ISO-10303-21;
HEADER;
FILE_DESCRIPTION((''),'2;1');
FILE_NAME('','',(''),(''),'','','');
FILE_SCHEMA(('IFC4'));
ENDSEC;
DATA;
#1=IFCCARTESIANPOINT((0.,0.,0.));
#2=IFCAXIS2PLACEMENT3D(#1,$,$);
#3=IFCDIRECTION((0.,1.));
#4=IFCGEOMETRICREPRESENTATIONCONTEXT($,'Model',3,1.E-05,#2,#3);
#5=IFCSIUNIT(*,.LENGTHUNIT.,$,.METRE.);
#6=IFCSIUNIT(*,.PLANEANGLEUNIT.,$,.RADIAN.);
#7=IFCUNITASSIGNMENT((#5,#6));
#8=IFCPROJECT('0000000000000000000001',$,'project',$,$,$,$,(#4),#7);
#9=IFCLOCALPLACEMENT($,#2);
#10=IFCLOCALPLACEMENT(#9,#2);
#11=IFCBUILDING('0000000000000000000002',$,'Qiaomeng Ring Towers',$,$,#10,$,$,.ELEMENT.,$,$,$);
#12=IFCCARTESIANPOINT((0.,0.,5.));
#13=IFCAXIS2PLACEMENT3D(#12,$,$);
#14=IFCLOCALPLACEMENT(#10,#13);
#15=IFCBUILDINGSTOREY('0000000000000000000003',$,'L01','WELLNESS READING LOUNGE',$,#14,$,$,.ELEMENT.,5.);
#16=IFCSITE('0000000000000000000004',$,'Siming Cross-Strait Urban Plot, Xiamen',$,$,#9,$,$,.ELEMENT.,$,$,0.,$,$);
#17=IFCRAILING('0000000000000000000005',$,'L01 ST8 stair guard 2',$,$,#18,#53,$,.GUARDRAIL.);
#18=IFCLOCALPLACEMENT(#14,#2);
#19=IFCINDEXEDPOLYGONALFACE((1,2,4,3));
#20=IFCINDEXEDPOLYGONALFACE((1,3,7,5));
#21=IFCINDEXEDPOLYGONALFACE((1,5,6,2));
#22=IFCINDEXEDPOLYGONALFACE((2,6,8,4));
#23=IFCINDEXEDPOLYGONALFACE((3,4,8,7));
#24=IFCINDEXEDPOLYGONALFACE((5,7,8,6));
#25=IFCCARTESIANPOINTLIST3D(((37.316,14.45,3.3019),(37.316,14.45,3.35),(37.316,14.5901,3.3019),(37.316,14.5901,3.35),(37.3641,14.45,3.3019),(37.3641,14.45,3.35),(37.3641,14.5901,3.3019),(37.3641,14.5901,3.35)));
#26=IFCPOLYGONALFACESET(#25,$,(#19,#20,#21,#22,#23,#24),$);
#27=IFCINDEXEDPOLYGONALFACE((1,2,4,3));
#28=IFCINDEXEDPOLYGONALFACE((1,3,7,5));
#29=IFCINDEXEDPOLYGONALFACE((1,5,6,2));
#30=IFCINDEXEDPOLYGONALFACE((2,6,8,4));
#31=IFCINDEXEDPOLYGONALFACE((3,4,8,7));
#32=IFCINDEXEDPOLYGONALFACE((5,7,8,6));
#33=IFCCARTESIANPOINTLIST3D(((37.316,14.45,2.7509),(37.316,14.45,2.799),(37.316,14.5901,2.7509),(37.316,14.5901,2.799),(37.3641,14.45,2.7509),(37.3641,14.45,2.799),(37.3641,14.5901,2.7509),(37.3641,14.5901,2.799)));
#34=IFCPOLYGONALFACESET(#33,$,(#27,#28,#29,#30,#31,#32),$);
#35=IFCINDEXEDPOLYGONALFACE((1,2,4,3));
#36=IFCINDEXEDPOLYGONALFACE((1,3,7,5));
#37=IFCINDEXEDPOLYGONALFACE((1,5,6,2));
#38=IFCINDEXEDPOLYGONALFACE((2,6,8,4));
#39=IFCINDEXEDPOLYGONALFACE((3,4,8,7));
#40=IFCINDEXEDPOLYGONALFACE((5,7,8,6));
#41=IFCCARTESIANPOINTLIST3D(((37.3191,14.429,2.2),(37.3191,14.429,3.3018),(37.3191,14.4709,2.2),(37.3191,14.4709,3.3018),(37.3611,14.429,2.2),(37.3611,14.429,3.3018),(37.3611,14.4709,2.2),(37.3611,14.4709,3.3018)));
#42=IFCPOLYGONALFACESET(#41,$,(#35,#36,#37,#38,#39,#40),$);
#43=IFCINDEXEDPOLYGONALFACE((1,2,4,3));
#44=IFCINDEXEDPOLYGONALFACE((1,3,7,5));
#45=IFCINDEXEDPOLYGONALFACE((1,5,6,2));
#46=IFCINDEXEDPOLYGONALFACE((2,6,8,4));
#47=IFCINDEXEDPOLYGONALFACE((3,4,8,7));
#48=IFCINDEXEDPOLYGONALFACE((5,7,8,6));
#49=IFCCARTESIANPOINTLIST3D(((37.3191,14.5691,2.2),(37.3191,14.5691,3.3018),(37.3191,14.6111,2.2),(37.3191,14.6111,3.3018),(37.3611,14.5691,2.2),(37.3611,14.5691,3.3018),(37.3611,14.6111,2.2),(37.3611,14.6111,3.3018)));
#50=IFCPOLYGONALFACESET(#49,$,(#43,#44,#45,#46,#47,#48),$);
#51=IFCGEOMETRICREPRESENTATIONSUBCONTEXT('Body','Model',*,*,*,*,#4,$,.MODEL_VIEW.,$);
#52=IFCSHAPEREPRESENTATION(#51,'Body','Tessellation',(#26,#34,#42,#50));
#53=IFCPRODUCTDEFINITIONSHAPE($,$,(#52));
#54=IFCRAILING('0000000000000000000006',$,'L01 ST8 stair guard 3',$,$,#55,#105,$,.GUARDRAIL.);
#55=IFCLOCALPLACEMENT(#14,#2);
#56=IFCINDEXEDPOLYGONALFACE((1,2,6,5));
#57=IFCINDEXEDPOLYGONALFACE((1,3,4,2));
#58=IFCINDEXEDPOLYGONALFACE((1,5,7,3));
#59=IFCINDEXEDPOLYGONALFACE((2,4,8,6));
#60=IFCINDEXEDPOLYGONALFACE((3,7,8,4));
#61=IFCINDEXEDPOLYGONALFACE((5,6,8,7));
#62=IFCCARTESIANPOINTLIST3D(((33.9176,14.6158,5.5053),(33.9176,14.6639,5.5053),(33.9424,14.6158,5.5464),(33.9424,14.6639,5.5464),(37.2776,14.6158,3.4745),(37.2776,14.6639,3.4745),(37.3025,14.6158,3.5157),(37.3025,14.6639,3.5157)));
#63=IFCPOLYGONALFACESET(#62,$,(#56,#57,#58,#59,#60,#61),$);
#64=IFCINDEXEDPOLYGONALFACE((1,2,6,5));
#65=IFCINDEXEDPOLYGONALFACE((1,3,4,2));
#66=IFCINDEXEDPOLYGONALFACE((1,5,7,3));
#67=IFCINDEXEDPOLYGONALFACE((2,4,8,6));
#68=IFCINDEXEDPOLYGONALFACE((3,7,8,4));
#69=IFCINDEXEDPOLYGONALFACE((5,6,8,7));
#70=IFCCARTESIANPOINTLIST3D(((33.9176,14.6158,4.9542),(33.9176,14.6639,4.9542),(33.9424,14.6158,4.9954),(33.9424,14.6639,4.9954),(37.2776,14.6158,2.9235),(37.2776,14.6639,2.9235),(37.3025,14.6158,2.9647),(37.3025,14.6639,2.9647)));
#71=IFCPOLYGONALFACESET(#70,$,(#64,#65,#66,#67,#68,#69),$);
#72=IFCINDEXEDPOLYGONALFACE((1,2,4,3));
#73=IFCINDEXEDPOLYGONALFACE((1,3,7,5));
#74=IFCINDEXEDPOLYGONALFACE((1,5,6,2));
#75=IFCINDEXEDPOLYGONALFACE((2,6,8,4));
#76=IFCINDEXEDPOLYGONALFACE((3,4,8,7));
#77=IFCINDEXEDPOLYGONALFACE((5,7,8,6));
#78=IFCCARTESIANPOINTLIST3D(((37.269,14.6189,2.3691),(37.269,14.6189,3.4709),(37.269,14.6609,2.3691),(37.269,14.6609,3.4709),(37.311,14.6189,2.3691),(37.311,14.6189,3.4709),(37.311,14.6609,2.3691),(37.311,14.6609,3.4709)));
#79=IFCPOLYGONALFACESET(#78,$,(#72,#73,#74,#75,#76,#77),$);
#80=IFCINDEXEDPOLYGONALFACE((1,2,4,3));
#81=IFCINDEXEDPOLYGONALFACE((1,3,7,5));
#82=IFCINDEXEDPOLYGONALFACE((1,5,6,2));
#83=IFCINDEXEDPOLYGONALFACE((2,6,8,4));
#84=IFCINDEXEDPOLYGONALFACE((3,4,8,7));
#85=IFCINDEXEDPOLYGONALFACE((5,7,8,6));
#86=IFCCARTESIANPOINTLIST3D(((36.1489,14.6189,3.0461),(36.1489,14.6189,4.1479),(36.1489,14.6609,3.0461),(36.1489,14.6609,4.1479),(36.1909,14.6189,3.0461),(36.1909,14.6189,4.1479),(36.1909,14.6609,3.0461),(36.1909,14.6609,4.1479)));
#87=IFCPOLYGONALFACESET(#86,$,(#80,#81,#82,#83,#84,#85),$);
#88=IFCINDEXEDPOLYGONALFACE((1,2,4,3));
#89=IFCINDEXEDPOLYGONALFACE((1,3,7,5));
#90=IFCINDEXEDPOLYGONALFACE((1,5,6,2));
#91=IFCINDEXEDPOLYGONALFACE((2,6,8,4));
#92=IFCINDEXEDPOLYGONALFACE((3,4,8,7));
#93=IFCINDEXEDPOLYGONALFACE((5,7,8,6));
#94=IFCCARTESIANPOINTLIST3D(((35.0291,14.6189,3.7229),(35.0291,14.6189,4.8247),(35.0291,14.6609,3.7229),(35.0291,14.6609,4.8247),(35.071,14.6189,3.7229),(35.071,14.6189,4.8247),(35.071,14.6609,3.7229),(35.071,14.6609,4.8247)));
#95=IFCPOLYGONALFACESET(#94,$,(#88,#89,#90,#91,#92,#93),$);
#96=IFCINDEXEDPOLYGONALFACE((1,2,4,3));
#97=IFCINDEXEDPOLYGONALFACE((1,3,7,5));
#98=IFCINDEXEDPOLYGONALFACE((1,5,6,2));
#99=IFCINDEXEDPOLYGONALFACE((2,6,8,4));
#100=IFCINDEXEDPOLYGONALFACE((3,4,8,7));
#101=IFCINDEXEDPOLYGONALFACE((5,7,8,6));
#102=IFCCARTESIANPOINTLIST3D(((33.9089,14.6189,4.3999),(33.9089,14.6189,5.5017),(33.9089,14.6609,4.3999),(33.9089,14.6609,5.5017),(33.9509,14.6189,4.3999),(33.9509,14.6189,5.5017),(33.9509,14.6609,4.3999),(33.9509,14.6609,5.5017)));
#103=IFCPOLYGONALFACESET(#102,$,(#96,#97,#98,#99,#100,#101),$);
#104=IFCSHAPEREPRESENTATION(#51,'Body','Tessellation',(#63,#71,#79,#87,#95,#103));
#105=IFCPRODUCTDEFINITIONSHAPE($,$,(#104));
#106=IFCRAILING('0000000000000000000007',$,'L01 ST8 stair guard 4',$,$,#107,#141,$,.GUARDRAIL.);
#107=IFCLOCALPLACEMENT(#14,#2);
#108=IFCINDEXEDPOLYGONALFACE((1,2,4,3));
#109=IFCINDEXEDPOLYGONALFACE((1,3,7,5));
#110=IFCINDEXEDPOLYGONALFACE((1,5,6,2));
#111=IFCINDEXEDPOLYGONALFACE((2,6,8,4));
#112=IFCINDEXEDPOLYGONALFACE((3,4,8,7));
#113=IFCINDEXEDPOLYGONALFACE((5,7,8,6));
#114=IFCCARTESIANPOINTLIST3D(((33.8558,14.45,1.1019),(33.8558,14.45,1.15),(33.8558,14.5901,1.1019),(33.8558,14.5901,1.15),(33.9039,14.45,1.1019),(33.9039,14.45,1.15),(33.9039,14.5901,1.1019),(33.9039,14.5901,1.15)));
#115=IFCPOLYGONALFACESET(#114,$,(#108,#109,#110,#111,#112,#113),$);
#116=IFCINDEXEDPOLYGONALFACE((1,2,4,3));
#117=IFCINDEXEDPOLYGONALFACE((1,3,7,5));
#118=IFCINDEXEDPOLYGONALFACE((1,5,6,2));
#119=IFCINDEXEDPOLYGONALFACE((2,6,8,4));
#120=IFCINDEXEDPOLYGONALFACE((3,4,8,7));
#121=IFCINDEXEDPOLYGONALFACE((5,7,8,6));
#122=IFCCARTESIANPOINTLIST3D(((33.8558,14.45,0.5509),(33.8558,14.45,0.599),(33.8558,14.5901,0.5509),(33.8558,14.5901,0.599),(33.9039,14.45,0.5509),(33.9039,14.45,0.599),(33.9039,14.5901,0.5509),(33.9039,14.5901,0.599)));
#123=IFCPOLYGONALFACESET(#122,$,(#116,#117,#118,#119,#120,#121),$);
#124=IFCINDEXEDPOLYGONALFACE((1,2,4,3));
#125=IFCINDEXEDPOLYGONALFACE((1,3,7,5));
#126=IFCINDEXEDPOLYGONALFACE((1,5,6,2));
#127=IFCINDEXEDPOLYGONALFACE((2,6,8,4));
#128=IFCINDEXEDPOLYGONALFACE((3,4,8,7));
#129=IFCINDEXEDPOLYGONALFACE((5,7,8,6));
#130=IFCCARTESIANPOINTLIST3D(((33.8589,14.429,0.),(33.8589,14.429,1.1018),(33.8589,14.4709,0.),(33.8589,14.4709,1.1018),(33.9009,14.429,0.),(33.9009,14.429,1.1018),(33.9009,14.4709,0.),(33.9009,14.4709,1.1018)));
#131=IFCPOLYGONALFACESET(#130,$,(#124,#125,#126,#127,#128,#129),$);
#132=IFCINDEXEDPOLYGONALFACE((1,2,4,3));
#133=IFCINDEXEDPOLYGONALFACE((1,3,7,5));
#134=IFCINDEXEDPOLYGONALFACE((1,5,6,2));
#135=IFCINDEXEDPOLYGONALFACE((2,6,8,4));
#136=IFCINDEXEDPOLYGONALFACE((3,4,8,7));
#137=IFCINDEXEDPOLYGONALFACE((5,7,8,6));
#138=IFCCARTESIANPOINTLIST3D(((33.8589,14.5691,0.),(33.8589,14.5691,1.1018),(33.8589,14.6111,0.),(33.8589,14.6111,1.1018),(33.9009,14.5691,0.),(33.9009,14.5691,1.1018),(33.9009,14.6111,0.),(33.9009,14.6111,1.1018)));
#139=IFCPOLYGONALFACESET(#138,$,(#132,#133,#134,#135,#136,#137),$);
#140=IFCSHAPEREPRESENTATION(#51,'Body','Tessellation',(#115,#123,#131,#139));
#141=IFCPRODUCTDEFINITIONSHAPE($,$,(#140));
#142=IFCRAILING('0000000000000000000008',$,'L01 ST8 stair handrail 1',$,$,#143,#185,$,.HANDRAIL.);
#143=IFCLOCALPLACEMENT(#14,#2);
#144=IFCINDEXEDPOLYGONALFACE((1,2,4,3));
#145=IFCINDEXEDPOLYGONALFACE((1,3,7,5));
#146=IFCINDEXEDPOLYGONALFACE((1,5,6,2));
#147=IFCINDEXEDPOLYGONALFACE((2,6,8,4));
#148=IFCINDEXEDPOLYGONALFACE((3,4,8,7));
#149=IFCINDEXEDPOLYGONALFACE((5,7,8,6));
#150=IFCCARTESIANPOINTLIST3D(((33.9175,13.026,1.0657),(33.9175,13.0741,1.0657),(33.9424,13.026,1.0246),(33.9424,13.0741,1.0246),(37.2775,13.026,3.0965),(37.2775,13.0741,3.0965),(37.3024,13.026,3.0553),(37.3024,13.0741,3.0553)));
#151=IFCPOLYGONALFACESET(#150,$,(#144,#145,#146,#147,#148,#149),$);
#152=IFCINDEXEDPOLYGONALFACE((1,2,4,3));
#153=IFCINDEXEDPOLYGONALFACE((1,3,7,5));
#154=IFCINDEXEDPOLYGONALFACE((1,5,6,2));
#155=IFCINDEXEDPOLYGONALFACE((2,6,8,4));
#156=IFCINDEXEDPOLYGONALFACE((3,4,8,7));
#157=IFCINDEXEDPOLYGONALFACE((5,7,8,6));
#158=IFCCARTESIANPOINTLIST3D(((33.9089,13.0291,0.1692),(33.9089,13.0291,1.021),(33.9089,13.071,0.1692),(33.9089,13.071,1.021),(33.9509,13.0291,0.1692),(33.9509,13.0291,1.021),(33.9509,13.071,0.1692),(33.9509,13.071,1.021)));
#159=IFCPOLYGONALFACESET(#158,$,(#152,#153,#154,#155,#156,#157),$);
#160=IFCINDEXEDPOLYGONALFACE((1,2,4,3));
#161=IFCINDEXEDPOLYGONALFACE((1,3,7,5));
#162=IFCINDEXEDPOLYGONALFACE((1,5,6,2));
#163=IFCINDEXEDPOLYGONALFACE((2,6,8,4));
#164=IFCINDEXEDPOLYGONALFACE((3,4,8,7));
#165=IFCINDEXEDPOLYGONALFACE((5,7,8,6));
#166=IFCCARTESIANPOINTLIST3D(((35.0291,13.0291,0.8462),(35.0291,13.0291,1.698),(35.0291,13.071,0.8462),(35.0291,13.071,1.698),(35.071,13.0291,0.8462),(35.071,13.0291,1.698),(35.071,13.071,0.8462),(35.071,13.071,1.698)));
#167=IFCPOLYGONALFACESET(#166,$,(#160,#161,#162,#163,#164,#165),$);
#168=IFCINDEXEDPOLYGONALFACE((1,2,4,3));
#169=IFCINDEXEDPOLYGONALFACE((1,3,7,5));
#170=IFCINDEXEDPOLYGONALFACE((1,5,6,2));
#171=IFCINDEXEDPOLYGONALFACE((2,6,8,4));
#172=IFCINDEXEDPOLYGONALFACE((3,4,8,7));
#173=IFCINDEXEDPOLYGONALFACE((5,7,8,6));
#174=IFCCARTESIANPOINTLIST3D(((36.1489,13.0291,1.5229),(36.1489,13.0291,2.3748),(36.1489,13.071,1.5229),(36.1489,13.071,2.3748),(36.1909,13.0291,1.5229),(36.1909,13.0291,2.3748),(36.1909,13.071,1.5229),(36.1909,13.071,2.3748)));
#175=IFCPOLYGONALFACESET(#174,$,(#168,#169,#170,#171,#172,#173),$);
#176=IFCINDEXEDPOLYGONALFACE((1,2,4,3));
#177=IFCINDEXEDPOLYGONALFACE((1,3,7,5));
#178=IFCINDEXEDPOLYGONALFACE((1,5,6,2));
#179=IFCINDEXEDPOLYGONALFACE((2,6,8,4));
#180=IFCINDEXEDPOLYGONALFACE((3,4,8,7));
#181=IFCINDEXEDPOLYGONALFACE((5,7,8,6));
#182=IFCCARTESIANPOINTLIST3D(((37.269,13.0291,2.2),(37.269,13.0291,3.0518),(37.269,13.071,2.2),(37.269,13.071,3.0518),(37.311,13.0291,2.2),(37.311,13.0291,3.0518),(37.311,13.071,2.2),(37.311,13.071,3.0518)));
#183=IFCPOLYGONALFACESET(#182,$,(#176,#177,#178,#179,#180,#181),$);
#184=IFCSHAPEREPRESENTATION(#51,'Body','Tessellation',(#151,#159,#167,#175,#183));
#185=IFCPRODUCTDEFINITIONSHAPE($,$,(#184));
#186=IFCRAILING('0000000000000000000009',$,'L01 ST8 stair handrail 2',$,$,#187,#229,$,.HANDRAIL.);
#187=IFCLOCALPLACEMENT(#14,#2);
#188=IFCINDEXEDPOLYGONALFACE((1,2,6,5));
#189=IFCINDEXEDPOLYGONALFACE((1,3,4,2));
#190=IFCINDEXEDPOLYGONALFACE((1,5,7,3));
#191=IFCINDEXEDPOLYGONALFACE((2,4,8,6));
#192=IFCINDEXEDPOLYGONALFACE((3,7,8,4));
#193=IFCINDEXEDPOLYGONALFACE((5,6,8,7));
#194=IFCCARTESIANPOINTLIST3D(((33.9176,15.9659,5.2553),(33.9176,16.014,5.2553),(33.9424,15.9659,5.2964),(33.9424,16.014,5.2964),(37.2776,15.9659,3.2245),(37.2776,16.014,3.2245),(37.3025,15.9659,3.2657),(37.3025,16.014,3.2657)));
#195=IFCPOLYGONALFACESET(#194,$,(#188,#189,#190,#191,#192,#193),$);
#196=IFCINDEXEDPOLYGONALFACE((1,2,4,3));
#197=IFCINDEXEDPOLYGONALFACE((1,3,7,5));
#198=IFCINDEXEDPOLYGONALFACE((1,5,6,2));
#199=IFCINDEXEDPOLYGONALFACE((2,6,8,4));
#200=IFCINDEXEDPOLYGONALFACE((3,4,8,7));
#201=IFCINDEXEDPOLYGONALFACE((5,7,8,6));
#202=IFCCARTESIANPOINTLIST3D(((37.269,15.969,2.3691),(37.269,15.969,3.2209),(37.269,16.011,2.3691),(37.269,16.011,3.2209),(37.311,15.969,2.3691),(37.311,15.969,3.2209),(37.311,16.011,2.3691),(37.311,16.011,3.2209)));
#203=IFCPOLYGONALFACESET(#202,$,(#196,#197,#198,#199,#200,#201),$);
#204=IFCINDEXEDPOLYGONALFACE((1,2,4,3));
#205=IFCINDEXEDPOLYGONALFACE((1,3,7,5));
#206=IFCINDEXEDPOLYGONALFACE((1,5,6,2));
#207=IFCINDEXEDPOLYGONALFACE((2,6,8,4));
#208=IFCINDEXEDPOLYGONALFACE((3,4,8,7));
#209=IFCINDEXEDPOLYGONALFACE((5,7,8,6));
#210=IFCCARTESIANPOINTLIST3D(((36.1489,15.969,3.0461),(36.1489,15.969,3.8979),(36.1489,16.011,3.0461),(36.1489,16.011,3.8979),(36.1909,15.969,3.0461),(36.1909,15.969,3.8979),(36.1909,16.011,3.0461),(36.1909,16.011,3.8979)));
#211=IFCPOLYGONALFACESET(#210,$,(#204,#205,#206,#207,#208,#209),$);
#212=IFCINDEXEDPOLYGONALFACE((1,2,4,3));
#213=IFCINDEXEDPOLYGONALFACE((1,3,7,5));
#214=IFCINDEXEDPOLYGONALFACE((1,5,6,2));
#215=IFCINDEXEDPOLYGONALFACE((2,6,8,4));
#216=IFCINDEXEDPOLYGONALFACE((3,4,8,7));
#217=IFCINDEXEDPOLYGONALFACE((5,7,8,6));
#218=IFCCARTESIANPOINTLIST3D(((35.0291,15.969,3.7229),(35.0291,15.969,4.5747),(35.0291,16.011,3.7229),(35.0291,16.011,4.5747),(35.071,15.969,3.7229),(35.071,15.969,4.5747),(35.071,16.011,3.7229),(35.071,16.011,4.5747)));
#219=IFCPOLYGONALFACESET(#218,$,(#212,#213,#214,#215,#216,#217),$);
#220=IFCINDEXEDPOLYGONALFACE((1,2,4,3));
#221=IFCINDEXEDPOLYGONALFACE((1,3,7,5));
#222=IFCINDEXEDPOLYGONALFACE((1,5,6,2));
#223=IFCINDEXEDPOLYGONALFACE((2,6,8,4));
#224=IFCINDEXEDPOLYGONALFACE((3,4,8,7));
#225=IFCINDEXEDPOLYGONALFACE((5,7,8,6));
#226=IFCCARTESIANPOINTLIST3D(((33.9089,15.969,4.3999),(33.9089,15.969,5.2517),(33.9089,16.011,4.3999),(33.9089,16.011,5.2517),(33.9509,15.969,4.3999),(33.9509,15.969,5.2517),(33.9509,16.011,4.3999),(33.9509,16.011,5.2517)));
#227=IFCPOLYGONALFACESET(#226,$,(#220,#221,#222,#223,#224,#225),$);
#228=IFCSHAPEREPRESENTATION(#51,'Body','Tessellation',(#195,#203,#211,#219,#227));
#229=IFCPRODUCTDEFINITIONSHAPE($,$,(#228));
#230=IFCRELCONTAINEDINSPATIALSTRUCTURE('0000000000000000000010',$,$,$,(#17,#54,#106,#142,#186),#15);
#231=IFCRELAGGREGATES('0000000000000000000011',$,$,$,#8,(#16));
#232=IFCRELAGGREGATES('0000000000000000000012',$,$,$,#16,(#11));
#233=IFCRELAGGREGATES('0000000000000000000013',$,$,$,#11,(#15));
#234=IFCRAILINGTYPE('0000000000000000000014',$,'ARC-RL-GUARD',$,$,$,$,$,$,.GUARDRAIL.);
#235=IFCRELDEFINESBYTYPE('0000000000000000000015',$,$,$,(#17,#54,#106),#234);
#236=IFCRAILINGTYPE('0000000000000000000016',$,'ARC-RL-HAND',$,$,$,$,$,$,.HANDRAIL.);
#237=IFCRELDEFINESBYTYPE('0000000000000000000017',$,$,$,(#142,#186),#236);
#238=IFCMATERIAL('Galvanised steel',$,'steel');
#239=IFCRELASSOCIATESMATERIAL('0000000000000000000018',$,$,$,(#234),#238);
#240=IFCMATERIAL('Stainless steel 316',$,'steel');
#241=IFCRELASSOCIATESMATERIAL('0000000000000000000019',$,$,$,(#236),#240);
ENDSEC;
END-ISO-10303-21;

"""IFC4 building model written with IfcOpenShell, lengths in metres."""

from ifc_helpers import new_model, si_unit, direction, frame, origin, origin_2d, place, context, subcontext, project, spatial, rectangle, extrude, material, type_object, element, save


model = new_model("IFC4")

# Units and contexts
model_context = context("Model", 3, precision=1e-05, world=origin(), true_north=direction((0.0, 1.0)))
body_context = subcontext(model_context, "Body", "Model", "MODEL_VIEW")
ifc_project = project(units=[si_unit("LENGTHUNIT", "METRE"), si_unit("PLANEANGLEUNIT", "RADIAN")], contexts=[model_context])

# Site, building, storey
site_placement = place(None, origin())
site = spatial("IfcSite", under=ifc_project, at=site_placement, Name="Siming Cross-Strait Urban Plot, Xiamen", CompositionType="ELEMENT", RefElevation=0.0)
building_placement = place(site_placement, origin())
building = spatial("IfcBuilding", under=site, at=building_placement, Name="Qiaomeng Ring Towers", CompositionType="ELEMENT")
storey_placement = place(building_placement, frame((0.0, 0.0, 5.0)))
storey = spatial("IfcBuildingStorey", under=building, at=storey_placement, Name="L01", Description="WELLNESS READING LOUNGE", CompositionType="ELEMENT", Elevation=5.0)

# Shared definitions
ifc_material_1 = material(Name="Galvanised steel", Category="steel")

# Railings
railing_type_1 = type_object("IfcRailingType", Name="ARC-RL-GUARD", PredefinedType="GUARDRAIL", material=ifc_material_1)
railing_1_placement = place(storey_placement, frame((37.3401, 14.45, 2.2)))
element("IfcRailing", 1, at=railing_1_placement, inside=storey, type_object=railing_type_1, Name="L01 ST8 stair guard 2", PredefinedType="GUARDRAIL", context=body_context, shape_type="SweptSolid", body=[
    extrude(rectangle(XDim=0.0481, YDim=0.0481, at=origin_2d()), frame((0.0, 0.0, 1.126), z_axis=(0.0, 1.0, 0.0), x_axis=(-1.0, 0.0, 0.0)), (0.0, 0.0, 1.0), 0.1401),
    extrude(rectangle(XDim=0.0481, YDim=0.0481, at=origin_2d()), frame((0.0, 0.0, 0.575), z_axis=(0.0, 1.0, 0.0), x_axis=(-1.0, 0.0, 0.0)), (0.0, 0.0, 1.0), 0.1401),
    extrude(rectangle(XDim=0.042, YDim=0.042, at=origin_2d()), origin(), (0.0, 0.0, 1.0), 1.1018),
    extrude(rectangle(XDim=0.042, YDim=0.042, at=origin_2d()), frame((0.0, 0.1401, 0.0)), (0.0, 0.0, 1.0), 1.1018),
])
railing_2_placement = place(storey_placement, frame((37.29, 14.6399, 2.3691)))
element("IfcRailing", 2, at=railing_2_placement, inside=storey, type_object=railing_type_1, Name="L01 ST8 stair guard 3", PredefinedType="GUARDRAIL", context=body_context, shape_type="SweptSolid", body=[
    extrude(rectangle(XDim=0.0481, YDim=0.0481, at=origin_2d()), frame((0.0, 0.0, 1.126), z_axis=(-0.855837, 0.0, 0.517246), x_axis=(0.0, -1.0, 0.0)), (0.0, 0.0, 1.0), 3.926),
    extrude(rectangle(XDim=0.0481, YDim=0.0481, at=origin_2d()), frame((0.0, 0.0, 0.575), z_axis=(-0.855837, 0.0, 0.517246), x_axis=(0.0, -1.0, 0.0)), (0.0, 0.0, 1.0), 3.926),
    extrude(rectangle(XDim=0.042, YDim=0.042, at=origin_2d()), origin(), (0.0, 0.0, 1.0), 1.1018),
    extrude(rectangle(XDim=0.042, YDim=0.042, at=origin_2d()), frame((-1.1201, 0.0, 0.677)), (0.0, 0.0, 1.0), 1.1018),
    extrude(rectangle(XDim=0.042, YDim=0.042, at=origin_2d()), frame((-2.24, 0.0, 1.3538)), (0.0, 0.0, 1.0), 1.1018),
    extrude(rectangle(XDim=0.042, YDim=0.042, at=origin_2d()), frame((-3.3601, 0.0, 2.0308)), (0.0, 0.0, 1.0), 1.1018),
])
railing_3_placement = place(storey_placement, frame((33.8799, 14.45, 0.0)))
element("IfcRailing", 3, at=railing_3_placement, inside=storey, type_object=railing_type_1, Name="L01 ST8 stair guard 4", PredefinedType="GUARDRAIL", context=body_context, shape_type="SweptSolid", body=[
    extrude(rectangle(XDim=0.0481, YDim=0.0481, at=origin_2d()), frame((0.0, 0.0, 1.126), z_axis=(0.0, 1.0, 0.0), x_axis=(-1.0, 0.0, 0.0)), (0.0, 0.0, 1.0), 0.1401),
    extrude(rectangle(XDim=0.0481, YDim=0.0481, at=origin_2d()), frame((0.0, 0.0, 0.575), z_axis=(0.0, 1.0, 0.0), x_axis=(-1.0, 0.0, 0.0)), (0.0, 0.0, 1.0), 0.1401),
    extrude(rectangle(XDim=0.042, YDim=0.042, at=origin_2d()), origin(), (0.0, 0.0, 1.0), 1.1018),
    extrude(rectangle(XDim=0.042, YDim=0.042, at=origin_2d()), frame((0.0, 0.1401, 0.0)), (0.0, 0.0, 1.0), 1.1018),
])
ifc_material_2 = material(Name="Stainless steel 316", Category="steel")
railing_type_2 = type_object("IfcRailingType", Name="ARC-RL-HAND", PredefinedType="HANDRAIL", material=ifc_material_2)
railing_4_placement = place(storey_placement, frame((33.9299, 13.05, 0.1692)))
element("IfcRailing", 4, at=railing_4_placement, inside=storey, type_object=railing_type_2, Name="L01 ST8 stair handrail 1", PredefinedType="HANDRAIL", context=body_context, shape_type="SweptSolid", body=[
    extrude(rectangle(XDim=0.0481, YDim=0.0481, at=origin_2d()), frame((0.0, 0.0, 0.876), z_axis=(0.855837, 0.0, 0.517246), x_axis=(0.0, 1.0, 0.0)), (0.0, 0.0, 1.0), 3.926),
    extrude(rectangle(XDim=0.042, YDim=0.042, at=origin_2d()), origin(), (0.0, 0.0, 1.0), 0.8518),
    extrude(rectangle(XDim=0.042, YDim=0.042, at=origin_2d()), frame((1.1201, 0.0, 0.677)), (0.0, 0.0, 1.0), 0.8518),
    extrude(rectangle(XDim=0.042, YDim=0.042, at=origin_2d()), frame((2.24, 0.0, 1.3538)), (0.0, 0.0, 1.0), 0.8518),
    extrude(rectangle(XDim=0.042, YDim=0.042, at=origin_2d()), frame((3.3601, 0.0, 2.0308)), (0.0, 0.0, 1.0), 0.8518),
])
railing_5_placement = place(storey_placement, frame((37.29, 15.99, 2.3691)))
element("IfcRailing", 5, at=railing_5_placement, inside=storey, type_object=railing_type_2, Name="L01 ST8 stair handrail 2", PredefinedType="HANDRAIL", context=body_context, shape_type="SweptSolid", body=[
    extrude(rectangle(XDim=0.0481, YDim=0.0481, at=origin_2d()), frame((0.0, 0.0, 0.876), z_axis=(-0.855837, 0.0, 0.517246), x_axis=(0.0, -1.0, 0.0)), (0.0, 0.0, 1.0), 3.926),
    extrude(rectangle(XDim=0.042, YDim=0.042, at=origin_2d()), origin(), (0.0, 0.0, 1.0), 0.8518),
    extrude(rectangle(XDim=0.042, YDim=0.042, at=origin_2d()), frame((-1.1201, 0.0, 0.677)), (0.0, 0.0, 1.0), 0.8518),
    extrude(rectangle(XDim=0.042, YDim=0.042, at=origin_2d()), frame((-2.24, 0.0, 1.3538)), (0.0, 0.0, 1.0), 0.8518),
    extrude(rectangle(XDim=0.042, YDim=0.042, at=origin_2d()), frame((-3.3601, 0.0, 2.0308)), (0.0, 0.0, 1.0), 0.8518),
])

save(model, "model.ifc")
